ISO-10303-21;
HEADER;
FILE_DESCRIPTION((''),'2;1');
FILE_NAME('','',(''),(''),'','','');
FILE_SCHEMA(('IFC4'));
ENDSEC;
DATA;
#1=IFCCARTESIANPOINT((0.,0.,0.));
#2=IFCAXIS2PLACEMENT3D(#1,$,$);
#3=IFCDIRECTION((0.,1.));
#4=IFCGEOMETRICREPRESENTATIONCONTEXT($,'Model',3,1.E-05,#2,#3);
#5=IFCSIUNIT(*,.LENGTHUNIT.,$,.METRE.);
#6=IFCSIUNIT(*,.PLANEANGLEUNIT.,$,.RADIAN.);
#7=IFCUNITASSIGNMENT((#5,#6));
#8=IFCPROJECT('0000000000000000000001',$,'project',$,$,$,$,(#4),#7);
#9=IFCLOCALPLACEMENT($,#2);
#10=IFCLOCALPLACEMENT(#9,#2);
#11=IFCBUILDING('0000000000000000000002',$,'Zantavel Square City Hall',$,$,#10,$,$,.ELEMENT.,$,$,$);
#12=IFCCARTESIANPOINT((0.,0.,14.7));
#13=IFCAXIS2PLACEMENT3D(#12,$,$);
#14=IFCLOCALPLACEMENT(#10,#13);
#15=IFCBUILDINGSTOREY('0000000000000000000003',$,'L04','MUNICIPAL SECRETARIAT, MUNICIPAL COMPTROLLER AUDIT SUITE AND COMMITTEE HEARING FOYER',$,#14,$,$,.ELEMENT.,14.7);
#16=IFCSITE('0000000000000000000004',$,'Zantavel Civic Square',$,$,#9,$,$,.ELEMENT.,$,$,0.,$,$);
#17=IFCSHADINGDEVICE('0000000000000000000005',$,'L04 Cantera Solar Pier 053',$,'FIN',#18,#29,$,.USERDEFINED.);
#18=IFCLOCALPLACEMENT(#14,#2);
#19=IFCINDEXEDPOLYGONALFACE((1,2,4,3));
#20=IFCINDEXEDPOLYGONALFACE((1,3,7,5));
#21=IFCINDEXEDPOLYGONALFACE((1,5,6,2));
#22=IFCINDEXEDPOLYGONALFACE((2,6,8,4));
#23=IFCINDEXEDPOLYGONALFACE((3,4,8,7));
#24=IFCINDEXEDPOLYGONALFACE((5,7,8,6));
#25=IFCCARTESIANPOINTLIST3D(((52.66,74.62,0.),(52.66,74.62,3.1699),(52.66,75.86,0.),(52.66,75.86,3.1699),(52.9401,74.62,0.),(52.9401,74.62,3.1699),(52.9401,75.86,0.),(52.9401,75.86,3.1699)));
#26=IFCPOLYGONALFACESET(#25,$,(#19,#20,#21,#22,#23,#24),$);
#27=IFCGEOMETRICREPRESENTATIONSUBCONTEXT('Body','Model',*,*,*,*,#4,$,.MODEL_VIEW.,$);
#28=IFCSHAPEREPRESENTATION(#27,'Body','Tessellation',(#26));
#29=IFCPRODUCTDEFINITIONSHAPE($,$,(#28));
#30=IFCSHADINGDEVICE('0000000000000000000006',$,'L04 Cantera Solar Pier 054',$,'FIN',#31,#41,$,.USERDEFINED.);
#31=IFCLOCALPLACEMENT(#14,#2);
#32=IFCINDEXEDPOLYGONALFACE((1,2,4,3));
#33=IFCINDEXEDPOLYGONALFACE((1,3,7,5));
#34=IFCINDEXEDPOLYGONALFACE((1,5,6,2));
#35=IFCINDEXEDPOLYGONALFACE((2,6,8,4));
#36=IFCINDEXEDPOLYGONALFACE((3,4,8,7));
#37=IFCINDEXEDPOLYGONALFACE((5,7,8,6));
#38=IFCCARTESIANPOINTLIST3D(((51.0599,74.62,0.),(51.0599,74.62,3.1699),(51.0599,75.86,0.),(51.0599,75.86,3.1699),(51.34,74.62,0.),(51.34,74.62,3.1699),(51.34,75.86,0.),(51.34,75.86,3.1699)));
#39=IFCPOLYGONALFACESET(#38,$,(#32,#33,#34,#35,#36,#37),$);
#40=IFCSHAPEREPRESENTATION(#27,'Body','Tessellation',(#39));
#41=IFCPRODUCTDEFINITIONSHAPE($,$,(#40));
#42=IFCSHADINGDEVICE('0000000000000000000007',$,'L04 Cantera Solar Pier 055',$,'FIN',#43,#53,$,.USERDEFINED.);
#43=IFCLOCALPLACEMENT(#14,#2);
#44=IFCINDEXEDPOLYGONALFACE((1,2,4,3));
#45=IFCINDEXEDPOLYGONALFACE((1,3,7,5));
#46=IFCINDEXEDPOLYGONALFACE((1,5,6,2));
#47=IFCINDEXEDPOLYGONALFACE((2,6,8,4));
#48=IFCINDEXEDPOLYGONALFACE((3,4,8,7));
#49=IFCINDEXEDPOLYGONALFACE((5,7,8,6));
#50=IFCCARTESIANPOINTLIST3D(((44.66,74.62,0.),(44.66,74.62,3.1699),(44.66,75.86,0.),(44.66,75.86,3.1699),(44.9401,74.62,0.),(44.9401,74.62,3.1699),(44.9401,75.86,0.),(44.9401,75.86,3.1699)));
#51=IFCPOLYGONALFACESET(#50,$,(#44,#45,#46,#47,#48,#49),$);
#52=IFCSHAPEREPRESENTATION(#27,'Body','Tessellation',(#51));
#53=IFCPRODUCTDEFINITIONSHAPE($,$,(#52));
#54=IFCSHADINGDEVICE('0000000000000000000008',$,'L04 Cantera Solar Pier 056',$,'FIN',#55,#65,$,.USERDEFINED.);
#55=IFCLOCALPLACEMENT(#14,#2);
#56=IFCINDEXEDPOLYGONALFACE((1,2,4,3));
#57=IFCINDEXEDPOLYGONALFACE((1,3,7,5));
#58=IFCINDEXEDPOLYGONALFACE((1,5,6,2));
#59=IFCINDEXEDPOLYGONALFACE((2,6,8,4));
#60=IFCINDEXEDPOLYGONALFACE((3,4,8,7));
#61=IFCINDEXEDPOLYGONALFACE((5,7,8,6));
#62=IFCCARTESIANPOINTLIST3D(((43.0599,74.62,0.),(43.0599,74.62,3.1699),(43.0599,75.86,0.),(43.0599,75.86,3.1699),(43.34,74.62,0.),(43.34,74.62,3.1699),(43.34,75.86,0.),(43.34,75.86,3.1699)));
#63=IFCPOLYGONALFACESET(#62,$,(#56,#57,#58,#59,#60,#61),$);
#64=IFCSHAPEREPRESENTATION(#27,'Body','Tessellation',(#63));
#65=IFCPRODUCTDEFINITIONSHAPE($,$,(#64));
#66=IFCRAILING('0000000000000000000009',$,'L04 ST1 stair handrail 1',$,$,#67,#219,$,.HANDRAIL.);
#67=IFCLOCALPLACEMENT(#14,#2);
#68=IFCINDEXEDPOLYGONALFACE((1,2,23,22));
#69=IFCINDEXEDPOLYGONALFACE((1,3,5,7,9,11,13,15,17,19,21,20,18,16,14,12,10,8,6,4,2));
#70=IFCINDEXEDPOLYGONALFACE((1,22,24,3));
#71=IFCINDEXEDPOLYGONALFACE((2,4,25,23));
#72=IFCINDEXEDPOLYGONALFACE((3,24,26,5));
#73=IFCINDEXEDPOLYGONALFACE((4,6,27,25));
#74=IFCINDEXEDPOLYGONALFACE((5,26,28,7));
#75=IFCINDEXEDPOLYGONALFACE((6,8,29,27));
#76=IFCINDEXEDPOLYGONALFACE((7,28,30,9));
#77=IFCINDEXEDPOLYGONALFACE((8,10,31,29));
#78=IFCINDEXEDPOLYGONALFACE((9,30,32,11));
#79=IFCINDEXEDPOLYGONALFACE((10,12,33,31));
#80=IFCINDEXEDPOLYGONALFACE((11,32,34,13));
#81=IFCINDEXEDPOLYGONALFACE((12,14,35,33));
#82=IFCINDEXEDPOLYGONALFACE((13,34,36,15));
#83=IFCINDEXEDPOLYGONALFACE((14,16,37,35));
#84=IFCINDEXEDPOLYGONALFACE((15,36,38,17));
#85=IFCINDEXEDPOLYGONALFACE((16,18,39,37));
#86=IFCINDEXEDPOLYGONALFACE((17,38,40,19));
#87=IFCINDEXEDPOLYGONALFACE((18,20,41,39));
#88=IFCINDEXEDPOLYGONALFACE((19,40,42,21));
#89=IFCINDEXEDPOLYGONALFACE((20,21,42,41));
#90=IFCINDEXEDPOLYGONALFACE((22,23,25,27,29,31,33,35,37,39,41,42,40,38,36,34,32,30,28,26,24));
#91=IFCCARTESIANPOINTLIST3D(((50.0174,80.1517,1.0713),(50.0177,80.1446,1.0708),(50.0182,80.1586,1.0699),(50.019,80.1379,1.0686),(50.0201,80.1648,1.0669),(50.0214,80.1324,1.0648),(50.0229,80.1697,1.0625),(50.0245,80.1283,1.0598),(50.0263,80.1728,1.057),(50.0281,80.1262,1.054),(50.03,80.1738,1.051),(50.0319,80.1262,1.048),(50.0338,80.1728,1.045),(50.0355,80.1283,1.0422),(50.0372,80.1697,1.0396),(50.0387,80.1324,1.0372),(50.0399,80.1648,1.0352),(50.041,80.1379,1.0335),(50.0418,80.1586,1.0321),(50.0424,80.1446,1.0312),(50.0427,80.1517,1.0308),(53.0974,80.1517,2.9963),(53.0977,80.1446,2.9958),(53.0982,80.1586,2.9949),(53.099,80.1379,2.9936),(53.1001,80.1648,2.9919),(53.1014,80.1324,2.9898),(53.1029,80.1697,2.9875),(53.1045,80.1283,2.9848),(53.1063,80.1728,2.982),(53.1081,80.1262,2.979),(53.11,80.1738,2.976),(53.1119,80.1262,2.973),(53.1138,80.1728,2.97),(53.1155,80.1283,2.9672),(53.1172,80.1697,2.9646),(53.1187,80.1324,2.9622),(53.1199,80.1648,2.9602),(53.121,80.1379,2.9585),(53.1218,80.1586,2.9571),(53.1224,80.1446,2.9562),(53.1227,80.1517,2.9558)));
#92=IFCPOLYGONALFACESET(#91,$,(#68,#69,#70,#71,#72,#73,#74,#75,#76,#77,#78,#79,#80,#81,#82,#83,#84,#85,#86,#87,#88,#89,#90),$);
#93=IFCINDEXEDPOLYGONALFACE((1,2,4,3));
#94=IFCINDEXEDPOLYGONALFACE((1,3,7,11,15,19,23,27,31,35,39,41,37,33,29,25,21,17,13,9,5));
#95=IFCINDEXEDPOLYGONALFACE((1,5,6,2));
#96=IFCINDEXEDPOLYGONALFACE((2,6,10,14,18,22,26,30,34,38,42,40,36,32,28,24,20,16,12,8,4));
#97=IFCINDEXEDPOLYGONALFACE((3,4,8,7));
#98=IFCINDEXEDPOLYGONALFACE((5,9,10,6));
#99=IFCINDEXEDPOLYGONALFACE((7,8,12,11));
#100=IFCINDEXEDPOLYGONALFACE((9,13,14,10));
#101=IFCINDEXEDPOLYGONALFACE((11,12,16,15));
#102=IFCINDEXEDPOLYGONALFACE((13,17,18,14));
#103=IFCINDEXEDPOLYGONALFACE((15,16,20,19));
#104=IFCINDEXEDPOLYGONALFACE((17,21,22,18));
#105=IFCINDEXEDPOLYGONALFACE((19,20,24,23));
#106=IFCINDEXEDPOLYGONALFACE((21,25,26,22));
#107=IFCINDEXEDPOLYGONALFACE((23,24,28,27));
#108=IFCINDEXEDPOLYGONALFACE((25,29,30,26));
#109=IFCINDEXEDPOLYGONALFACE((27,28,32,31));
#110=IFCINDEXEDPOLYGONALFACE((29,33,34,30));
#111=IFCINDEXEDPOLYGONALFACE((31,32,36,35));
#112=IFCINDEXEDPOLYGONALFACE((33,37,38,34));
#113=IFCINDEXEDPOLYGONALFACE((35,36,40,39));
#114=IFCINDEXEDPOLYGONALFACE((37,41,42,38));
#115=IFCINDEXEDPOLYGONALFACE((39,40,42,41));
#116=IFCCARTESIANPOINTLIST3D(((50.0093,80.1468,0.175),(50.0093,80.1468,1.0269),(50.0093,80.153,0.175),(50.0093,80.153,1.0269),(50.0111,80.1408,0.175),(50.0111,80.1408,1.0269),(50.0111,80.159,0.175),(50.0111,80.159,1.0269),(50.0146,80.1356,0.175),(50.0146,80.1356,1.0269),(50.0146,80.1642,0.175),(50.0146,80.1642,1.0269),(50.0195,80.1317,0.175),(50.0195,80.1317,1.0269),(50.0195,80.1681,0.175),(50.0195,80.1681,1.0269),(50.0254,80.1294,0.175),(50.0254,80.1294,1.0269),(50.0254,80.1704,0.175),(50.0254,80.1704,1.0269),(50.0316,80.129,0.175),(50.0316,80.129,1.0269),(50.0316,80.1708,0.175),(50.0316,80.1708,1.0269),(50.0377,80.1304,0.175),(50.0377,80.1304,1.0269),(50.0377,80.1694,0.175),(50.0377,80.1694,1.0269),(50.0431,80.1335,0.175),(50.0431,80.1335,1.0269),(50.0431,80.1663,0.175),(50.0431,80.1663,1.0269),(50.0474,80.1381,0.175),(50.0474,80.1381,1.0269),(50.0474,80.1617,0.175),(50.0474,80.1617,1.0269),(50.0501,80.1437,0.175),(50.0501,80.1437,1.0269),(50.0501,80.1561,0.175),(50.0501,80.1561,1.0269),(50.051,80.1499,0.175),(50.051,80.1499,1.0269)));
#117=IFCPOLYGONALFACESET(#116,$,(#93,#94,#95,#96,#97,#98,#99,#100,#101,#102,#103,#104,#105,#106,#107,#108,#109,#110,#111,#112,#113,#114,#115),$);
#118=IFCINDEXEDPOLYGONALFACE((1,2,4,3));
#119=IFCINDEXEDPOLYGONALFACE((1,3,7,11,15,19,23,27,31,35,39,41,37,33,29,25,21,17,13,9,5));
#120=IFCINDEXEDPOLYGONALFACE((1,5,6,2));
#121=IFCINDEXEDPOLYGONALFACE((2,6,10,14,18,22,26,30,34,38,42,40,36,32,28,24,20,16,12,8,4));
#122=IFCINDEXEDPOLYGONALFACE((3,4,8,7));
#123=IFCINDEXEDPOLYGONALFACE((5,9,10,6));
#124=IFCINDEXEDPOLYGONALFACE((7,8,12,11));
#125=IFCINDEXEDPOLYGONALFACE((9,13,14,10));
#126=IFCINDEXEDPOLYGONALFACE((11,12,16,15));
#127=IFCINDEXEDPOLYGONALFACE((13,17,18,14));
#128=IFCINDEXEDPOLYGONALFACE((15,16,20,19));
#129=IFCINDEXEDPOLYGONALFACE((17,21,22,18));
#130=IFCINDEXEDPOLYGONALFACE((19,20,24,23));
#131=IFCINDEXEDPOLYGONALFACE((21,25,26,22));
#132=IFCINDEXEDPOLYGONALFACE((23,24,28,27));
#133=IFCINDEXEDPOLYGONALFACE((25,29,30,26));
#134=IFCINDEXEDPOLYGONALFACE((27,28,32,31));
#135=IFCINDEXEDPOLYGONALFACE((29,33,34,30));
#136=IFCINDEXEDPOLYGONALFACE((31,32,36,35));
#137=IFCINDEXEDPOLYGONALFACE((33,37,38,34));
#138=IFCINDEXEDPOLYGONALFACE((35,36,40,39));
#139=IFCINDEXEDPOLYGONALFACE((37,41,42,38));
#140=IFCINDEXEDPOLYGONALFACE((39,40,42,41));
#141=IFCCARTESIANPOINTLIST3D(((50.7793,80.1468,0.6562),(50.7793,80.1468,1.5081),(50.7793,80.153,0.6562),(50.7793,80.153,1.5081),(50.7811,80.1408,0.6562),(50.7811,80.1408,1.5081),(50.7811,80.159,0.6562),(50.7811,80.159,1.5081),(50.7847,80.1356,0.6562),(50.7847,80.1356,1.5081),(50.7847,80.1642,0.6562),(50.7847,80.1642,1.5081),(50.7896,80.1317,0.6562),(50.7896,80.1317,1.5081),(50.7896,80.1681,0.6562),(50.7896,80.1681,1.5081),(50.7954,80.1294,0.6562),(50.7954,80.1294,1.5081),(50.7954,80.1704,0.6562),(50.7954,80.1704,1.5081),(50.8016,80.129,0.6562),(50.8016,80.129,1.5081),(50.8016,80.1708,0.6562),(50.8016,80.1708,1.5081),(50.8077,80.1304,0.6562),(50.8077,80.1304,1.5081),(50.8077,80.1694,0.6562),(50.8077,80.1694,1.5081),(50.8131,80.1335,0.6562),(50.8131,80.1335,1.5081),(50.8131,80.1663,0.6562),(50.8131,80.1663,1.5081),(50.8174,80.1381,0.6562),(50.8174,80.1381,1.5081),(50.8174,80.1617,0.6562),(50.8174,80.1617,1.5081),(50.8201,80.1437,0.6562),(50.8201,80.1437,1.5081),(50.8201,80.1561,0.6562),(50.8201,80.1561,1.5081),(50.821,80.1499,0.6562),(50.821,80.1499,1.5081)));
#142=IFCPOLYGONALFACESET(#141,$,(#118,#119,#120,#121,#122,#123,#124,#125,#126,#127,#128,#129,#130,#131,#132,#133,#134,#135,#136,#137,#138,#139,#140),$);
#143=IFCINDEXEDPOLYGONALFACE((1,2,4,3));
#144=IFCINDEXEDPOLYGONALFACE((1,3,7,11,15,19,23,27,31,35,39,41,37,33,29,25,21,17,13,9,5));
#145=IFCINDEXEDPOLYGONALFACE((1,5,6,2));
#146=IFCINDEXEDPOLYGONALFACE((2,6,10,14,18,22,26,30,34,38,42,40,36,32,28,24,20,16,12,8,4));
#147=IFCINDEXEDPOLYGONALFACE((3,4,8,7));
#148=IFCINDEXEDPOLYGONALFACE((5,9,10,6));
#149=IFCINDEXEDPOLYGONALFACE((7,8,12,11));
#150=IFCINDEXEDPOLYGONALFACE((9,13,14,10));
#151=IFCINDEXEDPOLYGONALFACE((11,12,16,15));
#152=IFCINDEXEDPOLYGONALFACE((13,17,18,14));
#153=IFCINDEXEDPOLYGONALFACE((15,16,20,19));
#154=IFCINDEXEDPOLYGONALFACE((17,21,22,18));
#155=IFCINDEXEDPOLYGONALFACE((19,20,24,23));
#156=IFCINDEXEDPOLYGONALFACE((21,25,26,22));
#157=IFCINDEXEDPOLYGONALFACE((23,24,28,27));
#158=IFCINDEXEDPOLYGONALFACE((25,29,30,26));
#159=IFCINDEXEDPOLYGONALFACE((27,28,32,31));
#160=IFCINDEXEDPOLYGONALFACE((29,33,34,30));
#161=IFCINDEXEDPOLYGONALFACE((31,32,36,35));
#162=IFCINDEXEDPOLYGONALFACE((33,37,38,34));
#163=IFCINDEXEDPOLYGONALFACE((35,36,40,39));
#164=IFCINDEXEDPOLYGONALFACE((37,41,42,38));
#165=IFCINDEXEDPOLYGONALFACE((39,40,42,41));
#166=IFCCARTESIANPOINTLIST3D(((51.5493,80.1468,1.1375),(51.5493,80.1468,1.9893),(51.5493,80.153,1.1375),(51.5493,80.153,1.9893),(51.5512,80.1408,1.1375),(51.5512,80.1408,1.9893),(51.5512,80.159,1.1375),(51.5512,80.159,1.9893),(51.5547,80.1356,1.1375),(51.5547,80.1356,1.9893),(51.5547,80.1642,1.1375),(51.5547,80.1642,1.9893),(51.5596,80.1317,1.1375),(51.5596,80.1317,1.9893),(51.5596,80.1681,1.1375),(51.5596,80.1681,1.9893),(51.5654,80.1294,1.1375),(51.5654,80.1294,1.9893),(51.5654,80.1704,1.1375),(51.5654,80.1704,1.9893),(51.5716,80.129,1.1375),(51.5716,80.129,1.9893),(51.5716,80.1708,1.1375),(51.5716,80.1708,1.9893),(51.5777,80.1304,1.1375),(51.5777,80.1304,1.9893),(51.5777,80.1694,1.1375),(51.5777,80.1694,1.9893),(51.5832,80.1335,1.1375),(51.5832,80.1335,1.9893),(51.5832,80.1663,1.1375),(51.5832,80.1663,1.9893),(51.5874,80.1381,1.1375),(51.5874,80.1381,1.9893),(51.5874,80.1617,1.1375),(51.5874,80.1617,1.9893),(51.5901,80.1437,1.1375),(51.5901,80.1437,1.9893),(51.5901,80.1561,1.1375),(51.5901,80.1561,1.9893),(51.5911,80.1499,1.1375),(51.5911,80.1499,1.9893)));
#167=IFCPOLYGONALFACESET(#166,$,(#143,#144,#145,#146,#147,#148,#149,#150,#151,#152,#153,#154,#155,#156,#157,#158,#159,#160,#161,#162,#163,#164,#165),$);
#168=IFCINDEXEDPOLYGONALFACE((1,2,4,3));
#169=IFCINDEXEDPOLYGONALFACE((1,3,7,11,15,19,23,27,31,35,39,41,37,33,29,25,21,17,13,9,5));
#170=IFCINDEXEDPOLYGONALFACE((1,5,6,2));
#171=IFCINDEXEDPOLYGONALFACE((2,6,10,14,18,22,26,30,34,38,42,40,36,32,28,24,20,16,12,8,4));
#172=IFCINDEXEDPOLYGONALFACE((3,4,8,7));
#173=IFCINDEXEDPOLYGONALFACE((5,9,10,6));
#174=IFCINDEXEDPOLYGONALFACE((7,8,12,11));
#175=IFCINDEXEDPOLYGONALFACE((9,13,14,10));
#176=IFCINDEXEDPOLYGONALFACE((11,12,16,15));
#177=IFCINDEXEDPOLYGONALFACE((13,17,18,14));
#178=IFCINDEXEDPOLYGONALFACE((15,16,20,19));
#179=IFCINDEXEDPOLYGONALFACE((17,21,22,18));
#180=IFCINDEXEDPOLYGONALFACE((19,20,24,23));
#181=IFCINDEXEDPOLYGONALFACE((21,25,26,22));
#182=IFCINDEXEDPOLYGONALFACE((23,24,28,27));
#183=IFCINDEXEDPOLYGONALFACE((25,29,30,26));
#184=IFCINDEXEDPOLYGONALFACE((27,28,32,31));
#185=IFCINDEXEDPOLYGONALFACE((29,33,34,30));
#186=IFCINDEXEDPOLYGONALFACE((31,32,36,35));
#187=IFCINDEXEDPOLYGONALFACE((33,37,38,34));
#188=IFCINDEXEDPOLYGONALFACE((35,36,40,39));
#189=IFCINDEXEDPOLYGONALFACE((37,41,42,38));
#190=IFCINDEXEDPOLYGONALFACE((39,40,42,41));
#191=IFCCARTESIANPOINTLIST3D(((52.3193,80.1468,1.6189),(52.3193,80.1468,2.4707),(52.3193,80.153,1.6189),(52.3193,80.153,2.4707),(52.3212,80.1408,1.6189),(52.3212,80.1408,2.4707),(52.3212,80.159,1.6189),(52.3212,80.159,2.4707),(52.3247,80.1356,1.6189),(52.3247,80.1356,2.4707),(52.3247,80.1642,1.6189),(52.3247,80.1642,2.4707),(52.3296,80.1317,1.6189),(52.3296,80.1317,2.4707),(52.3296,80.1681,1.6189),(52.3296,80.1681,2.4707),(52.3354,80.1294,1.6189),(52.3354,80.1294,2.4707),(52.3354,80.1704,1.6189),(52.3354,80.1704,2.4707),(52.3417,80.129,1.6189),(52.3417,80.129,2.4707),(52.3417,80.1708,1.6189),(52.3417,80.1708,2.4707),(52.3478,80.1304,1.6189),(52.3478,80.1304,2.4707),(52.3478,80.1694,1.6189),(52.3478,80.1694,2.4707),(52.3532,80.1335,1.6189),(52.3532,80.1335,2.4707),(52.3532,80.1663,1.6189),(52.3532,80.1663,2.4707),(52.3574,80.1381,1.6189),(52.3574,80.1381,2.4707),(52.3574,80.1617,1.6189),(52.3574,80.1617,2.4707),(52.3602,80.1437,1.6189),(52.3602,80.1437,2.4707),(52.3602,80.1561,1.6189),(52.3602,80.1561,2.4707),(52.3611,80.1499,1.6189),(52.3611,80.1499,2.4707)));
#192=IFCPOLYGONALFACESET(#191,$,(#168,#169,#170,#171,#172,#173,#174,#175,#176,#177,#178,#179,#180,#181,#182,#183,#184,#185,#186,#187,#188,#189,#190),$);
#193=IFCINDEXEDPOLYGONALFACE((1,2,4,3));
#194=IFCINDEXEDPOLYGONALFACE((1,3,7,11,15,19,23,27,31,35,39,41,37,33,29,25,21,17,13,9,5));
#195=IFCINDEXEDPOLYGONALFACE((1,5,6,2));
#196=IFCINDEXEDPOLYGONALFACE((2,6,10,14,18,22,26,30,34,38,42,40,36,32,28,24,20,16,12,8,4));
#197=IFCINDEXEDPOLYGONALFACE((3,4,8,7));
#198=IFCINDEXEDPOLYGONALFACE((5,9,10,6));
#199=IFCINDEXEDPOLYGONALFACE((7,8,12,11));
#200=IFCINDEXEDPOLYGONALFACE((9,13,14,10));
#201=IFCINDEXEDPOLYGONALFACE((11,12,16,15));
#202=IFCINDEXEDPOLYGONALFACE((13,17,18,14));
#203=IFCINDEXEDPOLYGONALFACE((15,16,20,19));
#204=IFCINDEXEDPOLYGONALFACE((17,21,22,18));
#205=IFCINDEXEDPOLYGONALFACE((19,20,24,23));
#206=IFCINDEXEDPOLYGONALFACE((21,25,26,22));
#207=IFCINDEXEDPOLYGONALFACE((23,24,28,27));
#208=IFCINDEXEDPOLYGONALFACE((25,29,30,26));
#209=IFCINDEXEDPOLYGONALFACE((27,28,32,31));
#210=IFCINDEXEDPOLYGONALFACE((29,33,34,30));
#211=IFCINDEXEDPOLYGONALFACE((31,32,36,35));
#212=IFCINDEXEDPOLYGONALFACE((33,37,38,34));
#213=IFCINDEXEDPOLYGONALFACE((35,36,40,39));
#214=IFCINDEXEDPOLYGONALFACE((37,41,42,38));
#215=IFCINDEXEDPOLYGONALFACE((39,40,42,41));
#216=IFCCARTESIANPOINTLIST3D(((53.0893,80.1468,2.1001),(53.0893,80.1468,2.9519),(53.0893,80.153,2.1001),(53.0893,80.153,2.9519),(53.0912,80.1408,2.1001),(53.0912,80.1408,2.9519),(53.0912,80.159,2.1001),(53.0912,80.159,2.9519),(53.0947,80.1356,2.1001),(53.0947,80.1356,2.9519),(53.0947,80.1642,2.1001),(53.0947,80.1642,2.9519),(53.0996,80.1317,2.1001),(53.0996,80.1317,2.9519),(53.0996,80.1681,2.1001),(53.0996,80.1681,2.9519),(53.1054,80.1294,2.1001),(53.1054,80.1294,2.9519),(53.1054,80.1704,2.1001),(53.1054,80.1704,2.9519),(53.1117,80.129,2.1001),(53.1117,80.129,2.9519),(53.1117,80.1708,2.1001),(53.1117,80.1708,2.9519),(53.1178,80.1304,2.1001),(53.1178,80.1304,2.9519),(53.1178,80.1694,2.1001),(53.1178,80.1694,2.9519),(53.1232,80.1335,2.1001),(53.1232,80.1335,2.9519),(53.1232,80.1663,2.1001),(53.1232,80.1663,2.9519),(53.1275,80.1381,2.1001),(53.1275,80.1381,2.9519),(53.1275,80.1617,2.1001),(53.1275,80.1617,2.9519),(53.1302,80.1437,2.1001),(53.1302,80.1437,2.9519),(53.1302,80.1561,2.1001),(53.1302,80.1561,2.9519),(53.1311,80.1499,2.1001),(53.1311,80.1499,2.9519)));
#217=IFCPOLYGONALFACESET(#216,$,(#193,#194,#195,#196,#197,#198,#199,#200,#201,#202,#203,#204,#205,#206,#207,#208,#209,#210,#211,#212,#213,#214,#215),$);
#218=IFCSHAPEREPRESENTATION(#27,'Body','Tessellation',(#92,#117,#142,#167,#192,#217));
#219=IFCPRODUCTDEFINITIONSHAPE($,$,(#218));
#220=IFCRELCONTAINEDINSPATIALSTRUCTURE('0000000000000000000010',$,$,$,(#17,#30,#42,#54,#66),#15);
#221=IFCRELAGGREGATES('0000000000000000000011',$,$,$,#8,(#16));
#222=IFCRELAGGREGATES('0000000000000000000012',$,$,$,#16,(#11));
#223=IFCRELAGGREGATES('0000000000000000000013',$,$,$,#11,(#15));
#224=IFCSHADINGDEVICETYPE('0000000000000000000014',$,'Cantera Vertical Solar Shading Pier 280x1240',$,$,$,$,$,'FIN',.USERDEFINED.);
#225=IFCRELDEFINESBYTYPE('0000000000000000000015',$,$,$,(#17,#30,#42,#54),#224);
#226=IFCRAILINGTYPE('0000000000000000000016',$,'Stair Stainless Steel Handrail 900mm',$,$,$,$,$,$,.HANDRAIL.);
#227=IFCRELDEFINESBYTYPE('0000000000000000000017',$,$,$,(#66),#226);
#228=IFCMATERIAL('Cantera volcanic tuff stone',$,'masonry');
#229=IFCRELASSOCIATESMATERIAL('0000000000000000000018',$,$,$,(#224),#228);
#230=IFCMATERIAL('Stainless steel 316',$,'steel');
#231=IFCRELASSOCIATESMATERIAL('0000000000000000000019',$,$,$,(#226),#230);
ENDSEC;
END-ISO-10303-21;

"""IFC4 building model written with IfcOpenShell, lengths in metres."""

from ifc_helpers import new_model, si_unit, direction, frame, origin, origin_2d, place, context, subcontext, project, spatial, rectangle, circle, extrude, material, type_object, element, save


model = new_model("IFC4")

# Units and contexts
model_context = context("Model", 3, precision=1e-05, world=origin(), true_north=direction((0.0, 1.0)))
body_context = subcontext(model_context, "Body", "Model", "MODEL_VIEW")
ifc_project = project(units=[si_unit("LENGTHUNIT", "METRE"), si_unit("PLANEANGLEUNIT", "RADIAN")], contexts=[model_context])

# Site, building, storey
site_placement = place(None, origin())
site = spatial("IfcSite", under=ifc_project, at=site_placement, Name="Zantavel Civic Square", CompositionType="ELEMENT", RefElevation=0.0)
building_placement = place(site_placement, origin())
building = spatial("IfcBuilding", under=site, at=building_placement, Name="Zantavel Square City Hall", CompositionType="ELEMENT")
storey_placement = place(building_placement, frame((0.0, 0.0, 14.7)))
storey = spatial("IfcBuildingStorey", under=building, at=storey_placement, Name="L04", Description="MUNICIPAL SECRETARIAT, MUNICIPAL COMPTROLLER AUDIT SUITE AND COMMITTEE HEARING FOYER", CompositionType="ELEMENT", Elevation=14.7)

# Shared definitions
ifc_material_1 = material(Name="Cantera volcanic tuff stone", Category="masonry")

# Shading devices
shading_device_type = type_object("IfcShadingDeviceType", Name="Cantera Vertical Solar Shading Pier 280x1240", ElementType="FIN", PredefinedType="USERDEFINED", material=ifc_material_1)
for number, where, z_axis, x_axis, name in (
    (1, (52.8, 75.24, 0.0), (0.0, 0.0, 1.0), (1.0, 0.0, 0.0), "L04 Cantera Solar Pier 053"),
    (2, (51.2, 75.24, 0.0), (0.0, 0.0, 1.0), (1.0, 0.0, 0.0), "L04 Cantera Solar Pier 054"),
    (3, (44.8, 75.24, 0.0), (0.0, 0.0, 1.0), (1.0, 0.0, 0.0), "L04 Cantera Solar Pier 055"),
    (4, (43.2, 75.24, 0.0), (0.0, 0.0, 1.0), (1.0, 0.0, 0.0), "L04 Cantera Solar Pier 056"),
):
    element("IfcShadingDevice", number, at=place(storey_placement, frame(where, z_axis=z_axis, x_axis=x_axis)), inside=storey, type_object=shading_device_type, Name=name, ObjectType="FIN", PredefinedType="USERDEFINED", context=body_context, shape_type="SweptSolid", body=[
        extrude(rectangle(XDim=0.28, YDim=1.24, at=origin_2d()), origin(), (0.0, 0.0, 1.0), 3.1699),
    ])

# Railing
ifc_material_2 = material(Name="Stainless steel 316", Category="steel")
railing_type = type_object("IfcRailingType", Name="Stair Stainless Steel Handrail 900mm", PredefinedType="HANDRAIL", material=ifc_material_2)
railing_placement = place(storey_placement, frame((50.03, 80.1499, 0.175)))
element("IfcRailing", 5, at=railing_placement, inside=storey, type_object=railing_type, Name="L04 ST1 stair handrail 1", PredefinedType="HANDRAIL", context=body_context, shape_type="SweptSolid", body=[
    extrude(circle(Radius=0.0239, at=origin_2d()), frame((0.0, 0.0, 0.876), z_axis=(0.847998, 0.0, 0.529999), x_axis=(0.0, 1.0, 0.0)), (0.0, 0.0, 1.0), 3.6321),
    extrude(circle(Radius=0.021, at=origin_2d()), origin(), (0.0, 0.0, 1.0), 0.8518),
    extrude(circle(Radius=0.021, at=origin_2d()), frame((0.77, 0.0, 0.4812)), (0.0, 0.0, 1.0), 0.8518),
    extrude(circle(Radius=0.021, at=origin_2d()), frame((1.54, 0.0, 0.9624)), (0.0, 0.0, 1.0), 0.8518),
    extrude(circle(Radius=0.021, at=origin_2d()), frame((2.3101, 0.0, 1.4438)), (0.0, 0.0, 1.0), 0.8518),
    extrude(circle(Radius=0.021, at=origin_2d()), frame((3.0801, 0.0, 1.925)), (0.0, 0.0, 1.0), 0.8518),
])

save(model, "model.ifc")
